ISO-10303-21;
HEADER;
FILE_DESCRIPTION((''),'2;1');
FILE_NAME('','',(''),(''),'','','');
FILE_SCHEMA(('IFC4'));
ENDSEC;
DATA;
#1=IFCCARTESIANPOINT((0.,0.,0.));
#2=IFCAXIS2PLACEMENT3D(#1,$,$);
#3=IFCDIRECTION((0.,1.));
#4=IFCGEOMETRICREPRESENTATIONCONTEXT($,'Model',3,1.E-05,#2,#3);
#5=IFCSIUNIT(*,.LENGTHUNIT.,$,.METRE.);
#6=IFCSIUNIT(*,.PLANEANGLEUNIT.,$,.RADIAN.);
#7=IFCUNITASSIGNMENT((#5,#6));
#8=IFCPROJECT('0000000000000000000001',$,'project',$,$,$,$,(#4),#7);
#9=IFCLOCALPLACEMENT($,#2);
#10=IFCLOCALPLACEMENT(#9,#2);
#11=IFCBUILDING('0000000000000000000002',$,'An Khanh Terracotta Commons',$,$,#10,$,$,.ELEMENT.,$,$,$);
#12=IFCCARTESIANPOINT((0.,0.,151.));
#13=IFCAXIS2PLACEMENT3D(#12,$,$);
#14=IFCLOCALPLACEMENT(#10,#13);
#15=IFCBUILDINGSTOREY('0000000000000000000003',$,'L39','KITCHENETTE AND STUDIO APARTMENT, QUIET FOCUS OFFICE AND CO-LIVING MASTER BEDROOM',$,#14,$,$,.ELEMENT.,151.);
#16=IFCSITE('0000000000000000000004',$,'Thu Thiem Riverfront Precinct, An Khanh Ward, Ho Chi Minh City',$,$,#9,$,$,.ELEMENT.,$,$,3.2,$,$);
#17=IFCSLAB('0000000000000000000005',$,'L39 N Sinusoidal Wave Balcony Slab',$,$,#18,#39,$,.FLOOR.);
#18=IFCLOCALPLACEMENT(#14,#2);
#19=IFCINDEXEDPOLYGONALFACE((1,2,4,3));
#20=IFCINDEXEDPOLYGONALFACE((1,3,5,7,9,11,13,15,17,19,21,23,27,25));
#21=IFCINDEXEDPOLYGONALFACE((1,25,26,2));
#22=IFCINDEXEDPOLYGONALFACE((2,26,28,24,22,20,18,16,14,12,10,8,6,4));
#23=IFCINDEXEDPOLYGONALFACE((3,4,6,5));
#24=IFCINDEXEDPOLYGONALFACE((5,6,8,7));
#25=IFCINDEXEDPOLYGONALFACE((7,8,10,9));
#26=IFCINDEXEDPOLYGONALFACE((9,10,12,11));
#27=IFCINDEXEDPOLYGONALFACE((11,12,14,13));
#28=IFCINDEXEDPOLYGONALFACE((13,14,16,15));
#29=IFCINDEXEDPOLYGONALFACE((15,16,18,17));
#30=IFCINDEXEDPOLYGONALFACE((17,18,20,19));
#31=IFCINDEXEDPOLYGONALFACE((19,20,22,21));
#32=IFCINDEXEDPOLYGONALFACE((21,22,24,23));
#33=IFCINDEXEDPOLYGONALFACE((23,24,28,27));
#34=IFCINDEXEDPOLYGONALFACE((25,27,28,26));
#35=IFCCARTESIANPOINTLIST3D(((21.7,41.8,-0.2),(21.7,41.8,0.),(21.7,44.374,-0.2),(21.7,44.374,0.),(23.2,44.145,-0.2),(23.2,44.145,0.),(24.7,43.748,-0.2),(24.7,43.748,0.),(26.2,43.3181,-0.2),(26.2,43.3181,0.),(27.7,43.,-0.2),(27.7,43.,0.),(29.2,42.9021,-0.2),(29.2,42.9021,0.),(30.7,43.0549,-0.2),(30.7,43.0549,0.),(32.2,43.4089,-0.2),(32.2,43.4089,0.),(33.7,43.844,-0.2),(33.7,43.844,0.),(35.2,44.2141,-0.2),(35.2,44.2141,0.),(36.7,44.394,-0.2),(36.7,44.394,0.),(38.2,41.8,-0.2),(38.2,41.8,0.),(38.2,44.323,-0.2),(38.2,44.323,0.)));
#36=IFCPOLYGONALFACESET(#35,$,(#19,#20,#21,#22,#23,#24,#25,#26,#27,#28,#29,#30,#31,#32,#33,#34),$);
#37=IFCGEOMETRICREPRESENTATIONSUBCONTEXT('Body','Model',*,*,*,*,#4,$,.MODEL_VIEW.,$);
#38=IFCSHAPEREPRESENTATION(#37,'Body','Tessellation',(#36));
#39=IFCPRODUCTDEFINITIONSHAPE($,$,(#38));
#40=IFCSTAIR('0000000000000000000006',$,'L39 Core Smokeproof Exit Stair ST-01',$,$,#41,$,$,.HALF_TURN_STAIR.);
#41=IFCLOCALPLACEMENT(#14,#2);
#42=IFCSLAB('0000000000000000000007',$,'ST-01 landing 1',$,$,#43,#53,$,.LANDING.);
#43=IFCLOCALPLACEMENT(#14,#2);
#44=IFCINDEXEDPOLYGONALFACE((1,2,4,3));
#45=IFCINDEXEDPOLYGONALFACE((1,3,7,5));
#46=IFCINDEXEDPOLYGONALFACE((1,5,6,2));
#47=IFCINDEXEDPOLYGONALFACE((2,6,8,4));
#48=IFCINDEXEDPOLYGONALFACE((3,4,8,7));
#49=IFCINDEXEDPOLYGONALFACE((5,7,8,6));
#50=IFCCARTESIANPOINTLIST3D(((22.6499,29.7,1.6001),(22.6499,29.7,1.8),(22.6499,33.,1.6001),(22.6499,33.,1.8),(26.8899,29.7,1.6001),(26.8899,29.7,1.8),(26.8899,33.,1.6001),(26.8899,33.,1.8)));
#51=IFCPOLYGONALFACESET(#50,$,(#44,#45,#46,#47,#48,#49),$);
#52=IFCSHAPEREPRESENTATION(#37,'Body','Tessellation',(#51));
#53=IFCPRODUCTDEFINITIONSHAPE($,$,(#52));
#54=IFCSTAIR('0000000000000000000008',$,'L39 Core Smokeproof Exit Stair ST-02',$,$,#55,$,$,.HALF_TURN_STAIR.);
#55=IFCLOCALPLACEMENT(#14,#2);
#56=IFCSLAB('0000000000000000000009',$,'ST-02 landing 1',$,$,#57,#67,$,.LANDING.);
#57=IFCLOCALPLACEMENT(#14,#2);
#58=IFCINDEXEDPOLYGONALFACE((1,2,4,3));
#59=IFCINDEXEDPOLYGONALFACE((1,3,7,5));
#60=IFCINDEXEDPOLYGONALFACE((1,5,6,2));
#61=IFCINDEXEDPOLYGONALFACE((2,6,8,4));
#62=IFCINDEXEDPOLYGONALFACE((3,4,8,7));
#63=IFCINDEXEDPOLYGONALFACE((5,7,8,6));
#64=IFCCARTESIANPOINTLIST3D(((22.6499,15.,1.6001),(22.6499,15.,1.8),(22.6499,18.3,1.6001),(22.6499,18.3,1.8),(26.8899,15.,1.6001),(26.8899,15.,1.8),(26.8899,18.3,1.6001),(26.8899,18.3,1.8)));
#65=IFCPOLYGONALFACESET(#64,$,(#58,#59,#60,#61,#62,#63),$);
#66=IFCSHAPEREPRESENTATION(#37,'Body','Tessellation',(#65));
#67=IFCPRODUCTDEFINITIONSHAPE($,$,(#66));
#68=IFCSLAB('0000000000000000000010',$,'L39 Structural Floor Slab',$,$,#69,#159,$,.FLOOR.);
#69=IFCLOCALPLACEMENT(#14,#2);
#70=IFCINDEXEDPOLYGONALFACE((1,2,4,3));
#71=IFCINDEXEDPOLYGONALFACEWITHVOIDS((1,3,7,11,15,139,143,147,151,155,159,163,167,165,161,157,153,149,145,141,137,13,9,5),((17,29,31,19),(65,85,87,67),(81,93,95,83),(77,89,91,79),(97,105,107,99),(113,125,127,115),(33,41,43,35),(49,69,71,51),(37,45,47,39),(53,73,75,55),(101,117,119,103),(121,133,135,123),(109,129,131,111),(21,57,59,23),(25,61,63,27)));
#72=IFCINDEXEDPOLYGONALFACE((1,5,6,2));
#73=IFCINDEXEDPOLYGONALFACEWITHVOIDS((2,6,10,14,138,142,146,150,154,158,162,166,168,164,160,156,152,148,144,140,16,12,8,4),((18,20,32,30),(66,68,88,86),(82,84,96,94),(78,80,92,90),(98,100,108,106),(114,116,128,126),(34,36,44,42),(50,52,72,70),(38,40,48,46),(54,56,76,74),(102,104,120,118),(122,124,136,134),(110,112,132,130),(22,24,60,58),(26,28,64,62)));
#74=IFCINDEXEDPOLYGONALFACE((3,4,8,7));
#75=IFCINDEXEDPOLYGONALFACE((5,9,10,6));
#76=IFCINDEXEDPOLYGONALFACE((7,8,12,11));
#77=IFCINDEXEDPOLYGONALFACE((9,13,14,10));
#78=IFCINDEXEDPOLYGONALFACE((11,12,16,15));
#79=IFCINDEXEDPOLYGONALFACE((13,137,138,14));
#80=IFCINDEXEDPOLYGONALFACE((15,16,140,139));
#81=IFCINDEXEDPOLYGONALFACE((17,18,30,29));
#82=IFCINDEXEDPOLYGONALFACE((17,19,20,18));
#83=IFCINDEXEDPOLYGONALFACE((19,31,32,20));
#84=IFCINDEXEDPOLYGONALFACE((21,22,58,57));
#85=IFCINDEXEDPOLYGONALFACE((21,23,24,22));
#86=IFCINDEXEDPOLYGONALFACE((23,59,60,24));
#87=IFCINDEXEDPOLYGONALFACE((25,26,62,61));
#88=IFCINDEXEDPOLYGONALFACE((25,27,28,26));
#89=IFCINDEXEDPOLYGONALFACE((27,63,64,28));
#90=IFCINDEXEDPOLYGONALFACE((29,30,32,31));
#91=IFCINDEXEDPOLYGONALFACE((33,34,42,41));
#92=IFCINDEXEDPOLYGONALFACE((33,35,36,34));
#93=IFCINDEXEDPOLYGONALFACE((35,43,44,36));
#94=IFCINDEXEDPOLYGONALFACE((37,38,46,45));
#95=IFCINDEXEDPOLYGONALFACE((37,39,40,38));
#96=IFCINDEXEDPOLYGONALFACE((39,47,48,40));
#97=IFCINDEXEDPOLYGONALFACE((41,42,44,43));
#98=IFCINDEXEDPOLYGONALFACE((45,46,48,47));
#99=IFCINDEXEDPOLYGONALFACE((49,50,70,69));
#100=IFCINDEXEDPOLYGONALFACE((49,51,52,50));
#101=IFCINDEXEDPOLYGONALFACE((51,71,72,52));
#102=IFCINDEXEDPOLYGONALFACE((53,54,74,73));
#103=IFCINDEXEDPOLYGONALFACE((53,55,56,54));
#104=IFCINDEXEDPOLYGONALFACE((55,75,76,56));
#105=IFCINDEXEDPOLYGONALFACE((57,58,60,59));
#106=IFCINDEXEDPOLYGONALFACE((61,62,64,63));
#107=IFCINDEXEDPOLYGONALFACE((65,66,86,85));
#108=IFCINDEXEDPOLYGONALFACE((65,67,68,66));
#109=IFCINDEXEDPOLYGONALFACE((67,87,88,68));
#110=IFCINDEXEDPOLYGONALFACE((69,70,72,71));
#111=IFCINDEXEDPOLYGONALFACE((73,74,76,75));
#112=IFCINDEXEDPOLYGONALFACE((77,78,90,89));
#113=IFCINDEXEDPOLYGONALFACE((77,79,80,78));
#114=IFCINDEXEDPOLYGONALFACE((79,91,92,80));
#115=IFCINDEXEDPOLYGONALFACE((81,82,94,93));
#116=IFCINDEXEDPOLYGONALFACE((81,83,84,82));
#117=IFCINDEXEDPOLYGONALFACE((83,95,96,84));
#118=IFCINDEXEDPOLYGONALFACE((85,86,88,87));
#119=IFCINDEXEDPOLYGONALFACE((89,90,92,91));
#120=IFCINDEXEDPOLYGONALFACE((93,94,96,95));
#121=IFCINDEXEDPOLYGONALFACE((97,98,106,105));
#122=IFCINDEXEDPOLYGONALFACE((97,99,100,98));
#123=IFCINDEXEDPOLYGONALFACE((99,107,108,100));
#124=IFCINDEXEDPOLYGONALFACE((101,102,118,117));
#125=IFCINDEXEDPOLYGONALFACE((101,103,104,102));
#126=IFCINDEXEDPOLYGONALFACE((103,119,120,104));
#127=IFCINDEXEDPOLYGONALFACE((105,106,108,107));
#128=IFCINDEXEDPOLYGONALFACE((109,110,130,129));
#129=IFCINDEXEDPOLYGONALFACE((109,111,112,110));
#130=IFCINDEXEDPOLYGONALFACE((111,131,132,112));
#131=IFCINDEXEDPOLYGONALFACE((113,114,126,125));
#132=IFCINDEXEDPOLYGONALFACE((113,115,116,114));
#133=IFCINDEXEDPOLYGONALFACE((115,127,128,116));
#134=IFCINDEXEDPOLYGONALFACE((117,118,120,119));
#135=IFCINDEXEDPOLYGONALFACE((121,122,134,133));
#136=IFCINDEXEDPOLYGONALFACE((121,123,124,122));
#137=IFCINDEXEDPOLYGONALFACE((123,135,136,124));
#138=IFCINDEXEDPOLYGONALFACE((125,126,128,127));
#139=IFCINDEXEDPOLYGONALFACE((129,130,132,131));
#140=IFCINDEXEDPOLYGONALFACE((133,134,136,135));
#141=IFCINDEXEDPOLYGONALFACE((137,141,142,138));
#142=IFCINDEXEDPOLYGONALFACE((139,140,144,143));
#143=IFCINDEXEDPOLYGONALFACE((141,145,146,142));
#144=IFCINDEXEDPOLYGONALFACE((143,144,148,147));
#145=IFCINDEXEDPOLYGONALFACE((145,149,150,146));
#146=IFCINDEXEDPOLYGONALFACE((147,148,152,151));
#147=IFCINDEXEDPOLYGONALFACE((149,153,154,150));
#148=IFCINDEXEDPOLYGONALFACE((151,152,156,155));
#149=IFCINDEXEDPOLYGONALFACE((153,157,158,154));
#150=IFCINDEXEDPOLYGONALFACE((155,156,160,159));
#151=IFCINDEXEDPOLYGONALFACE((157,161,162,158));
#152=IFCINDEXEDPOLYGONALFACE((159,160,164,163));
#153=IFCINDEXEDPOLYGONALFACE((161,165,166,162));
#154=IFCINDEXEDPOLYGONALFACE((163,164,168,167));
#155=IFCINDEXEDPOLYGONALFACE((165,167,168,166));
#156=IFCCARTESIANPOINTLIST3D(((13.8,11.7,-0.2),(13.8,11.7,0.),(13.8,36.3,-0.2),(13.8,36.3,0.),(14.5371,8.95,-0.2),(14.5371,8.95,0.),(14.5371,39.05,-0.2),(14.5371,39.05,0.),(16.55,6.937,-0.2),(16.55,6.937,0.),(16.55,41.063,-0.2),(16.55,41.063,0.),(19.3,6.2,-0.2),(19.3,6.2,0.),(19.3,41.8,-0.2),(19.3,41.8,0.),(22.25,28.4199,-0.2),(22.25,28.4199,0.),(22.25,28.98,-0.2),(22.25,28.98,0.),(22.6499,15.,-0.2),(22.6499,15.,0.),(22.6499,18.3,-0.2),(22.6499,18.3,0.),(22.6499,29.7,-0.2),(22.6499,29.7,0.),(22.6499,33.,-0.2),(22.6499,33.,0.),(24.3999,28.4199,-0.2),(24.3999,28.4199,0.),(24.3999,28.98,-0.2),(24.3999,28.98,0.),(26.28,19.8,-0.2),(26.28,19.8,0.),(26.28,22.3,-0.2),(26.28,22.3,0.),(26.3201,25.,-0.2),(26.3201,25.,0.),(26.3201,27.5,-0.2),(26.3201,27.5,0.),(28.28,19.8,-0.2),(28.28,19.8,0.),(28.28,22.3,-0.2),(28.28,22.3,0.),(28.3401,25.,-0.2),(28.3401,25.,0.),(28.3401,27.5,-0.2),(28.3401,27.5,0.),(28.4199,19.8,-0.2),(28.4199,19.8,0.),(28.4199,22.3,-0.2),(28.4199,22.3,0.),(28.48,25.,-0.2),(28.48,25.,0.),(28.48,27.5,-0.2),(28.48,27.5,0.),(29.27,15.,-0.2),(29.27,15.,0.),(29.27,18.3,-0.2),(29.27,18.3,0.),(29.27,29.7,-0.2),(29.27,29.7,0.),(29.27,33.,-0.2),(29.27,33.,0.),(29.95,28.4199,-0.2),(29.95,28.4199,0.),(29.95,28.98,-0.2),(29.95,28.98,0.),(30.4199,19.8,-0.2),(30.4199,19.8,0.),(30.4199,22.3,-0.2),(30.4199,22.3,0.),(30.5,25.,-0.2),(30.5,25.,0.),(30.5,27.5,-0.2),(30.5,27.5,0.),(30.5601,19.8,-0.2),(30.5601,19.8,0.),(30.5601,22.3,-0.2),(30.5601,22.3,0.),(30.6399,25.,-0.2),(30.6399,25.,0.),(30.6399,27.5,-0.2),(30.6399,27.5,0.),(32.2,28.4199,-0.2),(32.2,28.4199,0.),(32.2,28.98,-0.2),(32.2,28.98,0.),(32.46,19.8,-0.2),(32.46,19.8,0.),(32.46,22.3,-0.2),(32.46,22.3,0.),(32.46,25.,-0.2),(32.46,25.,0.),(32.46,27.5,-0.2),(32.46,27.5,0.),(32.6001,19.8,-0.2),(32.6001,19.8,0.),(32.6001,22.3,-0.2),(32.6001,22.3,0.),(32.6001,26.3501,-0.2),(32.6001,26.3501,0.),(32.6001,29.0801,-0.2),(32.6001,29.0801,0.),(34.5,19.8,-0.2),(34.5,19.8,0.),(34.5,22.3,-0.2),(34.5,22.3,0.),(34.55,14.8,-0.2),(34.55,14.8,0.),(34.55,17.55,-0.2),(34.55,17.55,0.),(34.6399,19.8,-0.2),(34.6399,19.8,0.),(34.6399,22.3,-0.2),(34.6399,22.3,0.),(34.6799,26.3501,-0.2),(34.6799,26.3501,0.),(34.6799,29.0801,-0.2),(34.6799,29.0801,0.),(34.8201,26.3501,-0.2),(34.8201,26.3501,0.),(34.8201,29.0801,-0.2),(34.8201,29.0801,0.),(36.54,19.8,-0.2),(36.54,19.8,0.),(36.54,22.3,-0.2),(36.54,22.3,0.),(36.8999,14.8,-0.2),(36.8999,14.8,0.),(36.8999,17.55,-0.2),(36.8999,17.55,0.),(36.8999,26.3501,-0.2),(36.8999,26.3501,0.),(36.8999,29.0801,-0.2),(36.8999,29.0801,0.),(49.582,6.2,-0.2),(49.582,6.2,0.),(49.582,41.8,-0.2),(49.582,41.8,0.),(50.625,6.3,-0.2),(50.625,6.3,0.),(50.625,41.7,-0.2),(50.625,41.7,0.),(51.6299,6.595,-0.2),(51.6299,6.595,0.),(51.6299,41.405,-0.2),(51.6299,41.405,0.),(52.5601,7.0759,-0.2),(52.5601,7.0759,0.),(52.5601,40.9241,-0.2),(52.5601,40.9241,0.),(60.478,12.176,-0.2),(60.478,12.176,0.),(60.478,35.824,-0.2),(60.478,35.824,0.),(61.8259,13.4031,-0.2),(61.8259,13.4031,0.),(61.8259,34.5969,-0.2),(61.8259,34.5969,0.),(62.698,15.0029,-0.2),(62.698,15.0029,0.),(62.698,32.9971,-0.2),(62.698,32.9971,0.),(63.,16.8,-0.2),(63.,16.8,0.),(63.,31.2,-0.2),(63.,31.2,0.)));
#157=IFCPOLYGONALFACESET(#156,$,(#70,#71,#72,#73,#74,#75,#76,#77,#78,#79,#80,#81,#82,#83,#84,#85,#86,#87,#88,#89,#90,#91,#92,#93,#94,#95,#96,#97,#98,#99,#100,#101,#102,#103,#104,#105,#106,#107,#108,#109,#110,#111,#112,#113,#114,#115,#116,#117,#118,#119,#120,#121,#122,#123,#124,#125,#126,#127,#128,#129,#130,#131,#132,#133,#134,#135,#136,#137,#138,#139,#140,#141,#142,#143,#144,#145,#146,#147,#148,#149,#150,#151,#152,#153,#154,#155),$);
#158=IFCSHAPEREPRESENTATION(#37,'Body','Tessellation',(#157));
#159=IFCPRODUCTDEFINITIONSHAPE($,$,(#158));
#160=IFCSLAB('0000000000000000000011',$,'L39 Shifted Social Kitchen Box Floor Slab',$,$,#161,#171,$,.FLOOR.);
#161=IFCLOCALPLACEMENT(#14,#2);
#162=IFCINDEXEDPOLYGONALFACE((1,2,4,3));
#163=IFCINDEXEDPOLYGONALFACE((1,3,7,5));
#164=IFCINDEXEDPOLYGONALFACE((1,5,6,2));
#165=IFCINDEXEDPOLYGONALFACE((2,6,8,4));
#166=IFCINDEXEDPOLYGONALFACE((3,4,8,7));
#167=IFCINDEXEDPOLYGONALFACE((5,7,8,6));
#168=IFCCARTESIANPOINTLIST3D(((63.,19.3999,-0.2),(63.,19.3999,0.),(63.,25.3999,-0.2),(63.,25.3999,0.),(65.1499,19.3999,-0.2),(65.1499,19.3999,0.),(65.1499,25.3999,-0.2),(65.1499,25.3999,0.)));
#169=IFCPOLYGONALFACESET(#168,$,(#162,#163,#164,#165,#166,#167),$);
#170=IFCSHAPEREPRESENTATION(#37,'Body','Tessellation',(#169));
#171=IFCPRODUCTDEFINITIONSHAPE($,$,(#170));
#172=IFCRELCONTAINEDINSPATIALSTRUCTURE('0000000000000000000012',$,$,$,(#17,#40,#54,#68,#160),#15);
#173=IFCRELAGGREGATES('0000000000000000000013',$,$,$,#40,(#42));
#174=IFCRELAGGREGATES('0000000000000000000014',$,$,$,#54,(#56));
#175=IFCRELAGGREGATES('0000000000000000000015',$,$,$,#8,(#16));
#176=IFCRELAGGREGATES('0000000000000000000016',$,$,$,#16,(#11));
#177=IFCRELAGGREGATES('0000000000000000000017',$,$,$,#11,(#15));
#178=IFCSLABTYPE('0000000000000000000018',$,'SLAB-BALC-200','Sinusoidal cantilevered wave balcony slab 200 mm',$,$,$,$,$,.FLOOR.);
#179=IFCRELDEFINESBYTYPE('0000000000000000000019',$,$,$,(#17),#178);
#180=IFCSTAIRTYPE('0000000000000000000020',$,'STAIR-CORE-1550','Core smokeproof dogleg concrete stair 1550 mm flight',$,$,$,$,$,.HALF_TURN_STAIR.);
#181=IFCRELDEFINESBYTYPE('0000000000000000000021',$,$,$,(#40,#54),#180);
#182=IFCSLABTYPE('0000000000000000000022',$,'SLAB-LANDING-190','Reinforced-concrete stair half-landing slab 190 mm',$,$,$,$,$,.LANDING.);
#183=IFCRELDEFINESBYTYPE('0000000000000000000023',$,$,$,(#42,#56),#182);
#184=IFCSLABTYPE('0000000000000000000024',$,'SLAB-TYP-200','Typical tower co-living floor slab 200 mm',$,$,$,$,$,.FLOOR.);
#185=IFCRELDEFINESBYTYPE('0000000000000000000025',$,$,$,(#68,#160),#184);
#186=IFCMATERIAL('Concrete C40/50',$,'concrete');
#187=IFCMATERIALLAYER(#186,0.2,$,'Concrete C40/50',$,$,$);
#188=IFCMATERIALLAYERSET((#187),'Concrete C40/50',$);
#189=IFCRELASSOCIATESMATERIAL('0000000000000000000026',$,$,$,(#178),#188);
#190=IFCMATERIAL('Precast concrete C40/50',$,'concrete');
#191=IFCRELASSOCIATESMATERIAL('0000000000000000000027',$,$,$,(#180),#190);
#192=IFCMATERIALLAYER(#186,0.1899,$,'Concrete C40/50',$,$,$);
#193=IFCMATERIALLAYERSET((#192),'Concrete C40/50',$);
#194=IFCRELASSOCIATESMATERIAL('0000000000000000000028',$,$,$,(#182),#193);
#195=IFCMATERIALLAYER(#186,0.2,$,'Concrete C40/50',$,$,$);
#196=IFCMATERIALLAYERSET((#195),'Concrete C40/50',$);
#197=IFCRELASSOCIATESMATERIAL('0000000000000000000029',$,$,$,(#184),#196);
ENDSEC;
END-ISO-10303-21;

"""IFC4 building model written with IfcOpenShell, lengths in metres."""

from ifc_helpers import new_model, si_unit, direction, frame, origin, place, context, subcontext, project, spatial, polyline, outline, extrude, material, layer, layer_set, type_object, element, aggregate, save


model = new_model("IFC4")

# Units and contexts
model_context = context("Model", 3, precision=1e-05, world=origin(), true_north=direction((0.0, 1.0)))
body_context = subcontext(model_context, "Body", "Model", "MODEL_VIEW")
ifc_project = project(units=[si_unit("LENGTHUNIT", "METRE"), si_unit("PLANEANGLEUNIT", "RADIAN")], contexts=[model_context])

# Site, building, storey
site_placement = place(None, origin())
site = spatial("IfcSite", under=ifc_project, at=site_placement, Name="Thu Thiem Riverfront Precinct, An Khanh Ward, Ho Chi Minh City", CompositionType="ELEMENT", RefElevation=3.2)
building_placement = place(site_placement, origin())
building = spatial("IfcBuilding", under=site, at=building_placement, Name="An Khanh Terracotta Commons", CompositionType="ELEMENT")
storey_placement = place(building_placement, frame((0.0, 0.0, 151.0)))
storey = spatial("IfcBuildingStorey", under=building, at=storey_placement, Name="L39", Description="KITCHENETTE AND STUDIO APARTMENT, QUIET FOCUS OFFICE AND CO-LIVING MASTER BEDROOM", CompositionType="ELEMENT", Elevation=151.0)

# Slab
ifc_material_1 = material(Name="Concrete C40/50", Category="concrete")
ifc_layer_1 = layer(ifc_material_1, 0.2, Name="Concrete C40/50")
ifc_layer_set_1 = layer_set([ifc_layer_1], Name="Concrete C40/50")
slab_type_1 = type_object("IfcSlabType", Name="SLAB-BALC-200", Description="Sinusoidal cantilevered wave balcony slab 200 mm", PredefinedType="FLOOR", material=ifc_layer_set_1)
slab_1_placement = place(storey_placement, frame((0.0, 0.0, -0.2)))
element("IfcSlab", 1, at=slab_1_placement, inside=storey, type_object=slab_type_1, Name="L39 N Sinusoidal Wave Balcony Slab", PredefinedType="FLOOR", context=body_context, shape_type="SweptSolid", body=[
    extrude(outline(polyline([(38.2, 41.8), (38.2, 44.323), (36.7, 44.394), (35.2, 44.2141), (33.7, 43.844), (32.2, 43.4089), (30.7, 43.0549), (29.2, 42.9021), (27.7, 43.0), (26.2, 43.3181), (24.7, 43.748), (23.2, 44.145), (21.7, 44.374), (21.7, 41.8), (38.2, 41.8)])), origin(), (0.0, 0.0, 1.0), 0.2),
])

# Stairs, slabs
ifc_material_2 = material(Name="Precast concrete C40/50", Category="concrete")
stair_type = type_object("IfcStairType", Name="STAIR-CORE-1550", Description="Core smokeproof dogleg concrete stair 1550 mm flight", PredefinedType="HALF_TURN_STAIR", material=ifc_material_2)
stair_1_placement = place(storey_placement, origin())
stair_1 = element("IfcStair", 2, at=stair_1_placement, inside=storey, type_object=stair_type, Name="L39 Core Smokeproof Exit Stair ST-01", PredefinedType="HALF_TURN_STAIR")
ifc_layer_2 = layer(ifc_material_1, 0.1899, Name="Concrete C40/50")
ifc_layer_set_2 = layer_set([ifc_layer_2], Name="Concrete C40/50")
slab_type_2 = type_object("IfcSlabType", Name="SLAB-LANDING-190", Description="Reinforced-concrete stair half-landing slab 190 mm", PredefinedType="LANDING", material=ifc_layer_set_2)
slab_2_placement = place(storey_placement, frame((0.0, 0.0, 1.6001)))
slab_2 = element("IfcSlab", 3, at=slab_2_placement, type_object=slab_type_2, Name="ST-01 landing 1", PredefinedType="LANDING", context=body_context, shape_type="SweptSolid", body=[
    extrude(outline(polyline([(26.8899, 33.0), (22.6499, 33.0), (22.6499, 29.7), (26.8899, 29.7), (26.8899, 33.0)])), origin(), (0.0, 0.0, 1.0), 0.2),
])
aggregate(stair_1, [slab_2])
stair_2_placement = place(storey_placement, origin())
stair_2 = element("IfcStair", 4, at=stair_2_placement, inside=storey, type_object=stair_type, Name="L39 Core Smokeproof Exit Stair ST-02", PredefinedType="HALF_TURN_STAIR")
slab_3_placement = place(storey_placement, frame((0.0, 0.0, 1.6001)))
slab_3 = element("IfcSlab", 5, at=slab_3_placement, type_object=slab_type_2, Name="ST-02 landing 1", PredefinedType="LANDING", context=body_context, shape_type="SweptSolid", body=[
    extrude(outline(polyline([(26.8899, 18.3), (22.6499, 18.3), (22.6499, 15.0), (26.8899, 15.0), (26.8899, 18.3)])), origin(), (0.0, 0.0, 1.0), 0.2),
])
aggregate(stair_2, [slab_3])

# Slabs
ifc_layer_3 = layer(ifc_material_1, 0.2, Name="Concrete C40/50")
ifc_layer_set_3 = layer_set([ifc_layer_3], Name="Concrete C40/50")
slab_type_3 = type_object("IfcSlabType", Name="SLAB-TYP-200", Description="Typical tower co-living floor slab 200 mm", PredefinedType="FLOOR", material=ifc_layer_set_3)
slab_4_placement = place(storey_placement, frame((0.0, 0.0, -0.2)))
element("IfcSlab", 6, at=slab_4_placement, inside=storey, type_object=slab_type_3, Name="L39 Structural Floor Slab", PredefinedType="FLOOR", context=body_context, shape_type="SweptSolid", body=[
    extrude(outline(polyline([(13.8, 11.7), (14.5371, 8.95), (16.55, 6.937), (19.3, 6.2), (49.582, 6.2), (50.625, 6.3), (51.6299, 6.595), (52.5601, 7.0759), (60.478, 12.176), (61.8259, 13.4031), (62.698, 15.0029), (63.0, 16.8), (63.0, 31.2), (62.698, 32.9971), (61.8259, 34.5969), (60.478, 35.824), (52.5601, 40.9241), (51.6299, 41.405), (50.625, 41.7), (49.582, 41.8), (19.3, 41.8), (16.55, 41.063), (14.5371, 39.05), (13.8, 36.3), (13.8, 11.7)]), holes=[polyline([(22.6499, 29.7), (29.27, 29.7), (29.27, 33.0), (22.6499, 33.0), (22.6499, 29.7)]), polyline([(22.6499, 15.0), (29.27, 15.0), (29.27, 18.3), (22.6499, 18.3), (22.6499, 15.0)]), polyline([(32.6001, 26.3501), (34.6799, 26.3501), (34.6799, 29.0801), (32.6001, 29.0801), (32.6001, 26.3501)]), polyline([(34.8201, 26.3501), (36.8999, 26.3501), (36.8999, 29.0801), (34.8201, 29.0801), (34.8201, 26.3501)]), polyline([(34.55, 14.8), (36.8999, 14.8), (36.8999, 17.55), (34.55, 17.55), (34.55, 14.8)]), polyline([(26.3201, 25.0), (28.3401, 25.0), (28.3401, 27.5), (26.3201, 27.5), (26.3201, 25.0)]), polyline([(28.48, 25.0), (30.5, 25.0), (30.5, 27.5), (28.48, 27.5), (28.48, 25.0)]), polyline([(26.28, 19.8), (28.28, 19.8), (28.28, 22.3), (26.28, 22.3), (26.28, 19.8)]), polyline([(28.4199, 19.8), (30.4199, 19.8), (30.4199, 22.3), (28.4199, 22.3), (28.4199, 19.8)]), polyline([(30.6399, 25.0), (32.46, 25.0), (32.46, 27.5), (30.6399, 27.5), (30.6399, 25.0)]), polyline([(30.5601, 19.8), (32.46, 19.8), (32.46, 22.3), (30.5601, 22.3), (30.5601, 19.8)]), polyline([(32.6001, 19.8), (34.5, 19.8), (34.5, 22.3), (32.6001, 22.3), (32.6001, 19.8)]), polyline([(34.6399, 19.8), (36.54, 19.8), (36.54, 22.3), (34.6399, 22.3), (34.6399, 19.8)]), polyline([(22.25, 28.4199), (24.3999, 28.4199), (24.3999, 28.98), (22.25, 28.98), (22.25, 28.4199)]), polyline([(29.95, 28.4199), (32.2, 28.4199), (32.2, 28.98), (29.95, 28.98), (29.95, 28.4199)])]), origin(), (0.0, 0.0, 1.0), 0.2),
])
slab_5_placement = place(storey_placement, frame((0.0, 0.0, -0.2)))
element("IfcSlab", 7, at=slab_5_placement, inside=storey, type_object=slab_type_3, Name="L39 Shifted Social Kitchen Box Floor Slab", PredefinedType="FLOOR", context=body_context, shape_type="SweptSolid", body=[
    extrude(outline(polyline([(63.0, 19.3999), (65.1499, 19.3999), (65.1499, 25.3999), (63.0, 25.3999), (63.0, 19.3999)])), origin(), (0.0, 0.0, 1.0), 0.2),
])

save(model, "model.ifc")
